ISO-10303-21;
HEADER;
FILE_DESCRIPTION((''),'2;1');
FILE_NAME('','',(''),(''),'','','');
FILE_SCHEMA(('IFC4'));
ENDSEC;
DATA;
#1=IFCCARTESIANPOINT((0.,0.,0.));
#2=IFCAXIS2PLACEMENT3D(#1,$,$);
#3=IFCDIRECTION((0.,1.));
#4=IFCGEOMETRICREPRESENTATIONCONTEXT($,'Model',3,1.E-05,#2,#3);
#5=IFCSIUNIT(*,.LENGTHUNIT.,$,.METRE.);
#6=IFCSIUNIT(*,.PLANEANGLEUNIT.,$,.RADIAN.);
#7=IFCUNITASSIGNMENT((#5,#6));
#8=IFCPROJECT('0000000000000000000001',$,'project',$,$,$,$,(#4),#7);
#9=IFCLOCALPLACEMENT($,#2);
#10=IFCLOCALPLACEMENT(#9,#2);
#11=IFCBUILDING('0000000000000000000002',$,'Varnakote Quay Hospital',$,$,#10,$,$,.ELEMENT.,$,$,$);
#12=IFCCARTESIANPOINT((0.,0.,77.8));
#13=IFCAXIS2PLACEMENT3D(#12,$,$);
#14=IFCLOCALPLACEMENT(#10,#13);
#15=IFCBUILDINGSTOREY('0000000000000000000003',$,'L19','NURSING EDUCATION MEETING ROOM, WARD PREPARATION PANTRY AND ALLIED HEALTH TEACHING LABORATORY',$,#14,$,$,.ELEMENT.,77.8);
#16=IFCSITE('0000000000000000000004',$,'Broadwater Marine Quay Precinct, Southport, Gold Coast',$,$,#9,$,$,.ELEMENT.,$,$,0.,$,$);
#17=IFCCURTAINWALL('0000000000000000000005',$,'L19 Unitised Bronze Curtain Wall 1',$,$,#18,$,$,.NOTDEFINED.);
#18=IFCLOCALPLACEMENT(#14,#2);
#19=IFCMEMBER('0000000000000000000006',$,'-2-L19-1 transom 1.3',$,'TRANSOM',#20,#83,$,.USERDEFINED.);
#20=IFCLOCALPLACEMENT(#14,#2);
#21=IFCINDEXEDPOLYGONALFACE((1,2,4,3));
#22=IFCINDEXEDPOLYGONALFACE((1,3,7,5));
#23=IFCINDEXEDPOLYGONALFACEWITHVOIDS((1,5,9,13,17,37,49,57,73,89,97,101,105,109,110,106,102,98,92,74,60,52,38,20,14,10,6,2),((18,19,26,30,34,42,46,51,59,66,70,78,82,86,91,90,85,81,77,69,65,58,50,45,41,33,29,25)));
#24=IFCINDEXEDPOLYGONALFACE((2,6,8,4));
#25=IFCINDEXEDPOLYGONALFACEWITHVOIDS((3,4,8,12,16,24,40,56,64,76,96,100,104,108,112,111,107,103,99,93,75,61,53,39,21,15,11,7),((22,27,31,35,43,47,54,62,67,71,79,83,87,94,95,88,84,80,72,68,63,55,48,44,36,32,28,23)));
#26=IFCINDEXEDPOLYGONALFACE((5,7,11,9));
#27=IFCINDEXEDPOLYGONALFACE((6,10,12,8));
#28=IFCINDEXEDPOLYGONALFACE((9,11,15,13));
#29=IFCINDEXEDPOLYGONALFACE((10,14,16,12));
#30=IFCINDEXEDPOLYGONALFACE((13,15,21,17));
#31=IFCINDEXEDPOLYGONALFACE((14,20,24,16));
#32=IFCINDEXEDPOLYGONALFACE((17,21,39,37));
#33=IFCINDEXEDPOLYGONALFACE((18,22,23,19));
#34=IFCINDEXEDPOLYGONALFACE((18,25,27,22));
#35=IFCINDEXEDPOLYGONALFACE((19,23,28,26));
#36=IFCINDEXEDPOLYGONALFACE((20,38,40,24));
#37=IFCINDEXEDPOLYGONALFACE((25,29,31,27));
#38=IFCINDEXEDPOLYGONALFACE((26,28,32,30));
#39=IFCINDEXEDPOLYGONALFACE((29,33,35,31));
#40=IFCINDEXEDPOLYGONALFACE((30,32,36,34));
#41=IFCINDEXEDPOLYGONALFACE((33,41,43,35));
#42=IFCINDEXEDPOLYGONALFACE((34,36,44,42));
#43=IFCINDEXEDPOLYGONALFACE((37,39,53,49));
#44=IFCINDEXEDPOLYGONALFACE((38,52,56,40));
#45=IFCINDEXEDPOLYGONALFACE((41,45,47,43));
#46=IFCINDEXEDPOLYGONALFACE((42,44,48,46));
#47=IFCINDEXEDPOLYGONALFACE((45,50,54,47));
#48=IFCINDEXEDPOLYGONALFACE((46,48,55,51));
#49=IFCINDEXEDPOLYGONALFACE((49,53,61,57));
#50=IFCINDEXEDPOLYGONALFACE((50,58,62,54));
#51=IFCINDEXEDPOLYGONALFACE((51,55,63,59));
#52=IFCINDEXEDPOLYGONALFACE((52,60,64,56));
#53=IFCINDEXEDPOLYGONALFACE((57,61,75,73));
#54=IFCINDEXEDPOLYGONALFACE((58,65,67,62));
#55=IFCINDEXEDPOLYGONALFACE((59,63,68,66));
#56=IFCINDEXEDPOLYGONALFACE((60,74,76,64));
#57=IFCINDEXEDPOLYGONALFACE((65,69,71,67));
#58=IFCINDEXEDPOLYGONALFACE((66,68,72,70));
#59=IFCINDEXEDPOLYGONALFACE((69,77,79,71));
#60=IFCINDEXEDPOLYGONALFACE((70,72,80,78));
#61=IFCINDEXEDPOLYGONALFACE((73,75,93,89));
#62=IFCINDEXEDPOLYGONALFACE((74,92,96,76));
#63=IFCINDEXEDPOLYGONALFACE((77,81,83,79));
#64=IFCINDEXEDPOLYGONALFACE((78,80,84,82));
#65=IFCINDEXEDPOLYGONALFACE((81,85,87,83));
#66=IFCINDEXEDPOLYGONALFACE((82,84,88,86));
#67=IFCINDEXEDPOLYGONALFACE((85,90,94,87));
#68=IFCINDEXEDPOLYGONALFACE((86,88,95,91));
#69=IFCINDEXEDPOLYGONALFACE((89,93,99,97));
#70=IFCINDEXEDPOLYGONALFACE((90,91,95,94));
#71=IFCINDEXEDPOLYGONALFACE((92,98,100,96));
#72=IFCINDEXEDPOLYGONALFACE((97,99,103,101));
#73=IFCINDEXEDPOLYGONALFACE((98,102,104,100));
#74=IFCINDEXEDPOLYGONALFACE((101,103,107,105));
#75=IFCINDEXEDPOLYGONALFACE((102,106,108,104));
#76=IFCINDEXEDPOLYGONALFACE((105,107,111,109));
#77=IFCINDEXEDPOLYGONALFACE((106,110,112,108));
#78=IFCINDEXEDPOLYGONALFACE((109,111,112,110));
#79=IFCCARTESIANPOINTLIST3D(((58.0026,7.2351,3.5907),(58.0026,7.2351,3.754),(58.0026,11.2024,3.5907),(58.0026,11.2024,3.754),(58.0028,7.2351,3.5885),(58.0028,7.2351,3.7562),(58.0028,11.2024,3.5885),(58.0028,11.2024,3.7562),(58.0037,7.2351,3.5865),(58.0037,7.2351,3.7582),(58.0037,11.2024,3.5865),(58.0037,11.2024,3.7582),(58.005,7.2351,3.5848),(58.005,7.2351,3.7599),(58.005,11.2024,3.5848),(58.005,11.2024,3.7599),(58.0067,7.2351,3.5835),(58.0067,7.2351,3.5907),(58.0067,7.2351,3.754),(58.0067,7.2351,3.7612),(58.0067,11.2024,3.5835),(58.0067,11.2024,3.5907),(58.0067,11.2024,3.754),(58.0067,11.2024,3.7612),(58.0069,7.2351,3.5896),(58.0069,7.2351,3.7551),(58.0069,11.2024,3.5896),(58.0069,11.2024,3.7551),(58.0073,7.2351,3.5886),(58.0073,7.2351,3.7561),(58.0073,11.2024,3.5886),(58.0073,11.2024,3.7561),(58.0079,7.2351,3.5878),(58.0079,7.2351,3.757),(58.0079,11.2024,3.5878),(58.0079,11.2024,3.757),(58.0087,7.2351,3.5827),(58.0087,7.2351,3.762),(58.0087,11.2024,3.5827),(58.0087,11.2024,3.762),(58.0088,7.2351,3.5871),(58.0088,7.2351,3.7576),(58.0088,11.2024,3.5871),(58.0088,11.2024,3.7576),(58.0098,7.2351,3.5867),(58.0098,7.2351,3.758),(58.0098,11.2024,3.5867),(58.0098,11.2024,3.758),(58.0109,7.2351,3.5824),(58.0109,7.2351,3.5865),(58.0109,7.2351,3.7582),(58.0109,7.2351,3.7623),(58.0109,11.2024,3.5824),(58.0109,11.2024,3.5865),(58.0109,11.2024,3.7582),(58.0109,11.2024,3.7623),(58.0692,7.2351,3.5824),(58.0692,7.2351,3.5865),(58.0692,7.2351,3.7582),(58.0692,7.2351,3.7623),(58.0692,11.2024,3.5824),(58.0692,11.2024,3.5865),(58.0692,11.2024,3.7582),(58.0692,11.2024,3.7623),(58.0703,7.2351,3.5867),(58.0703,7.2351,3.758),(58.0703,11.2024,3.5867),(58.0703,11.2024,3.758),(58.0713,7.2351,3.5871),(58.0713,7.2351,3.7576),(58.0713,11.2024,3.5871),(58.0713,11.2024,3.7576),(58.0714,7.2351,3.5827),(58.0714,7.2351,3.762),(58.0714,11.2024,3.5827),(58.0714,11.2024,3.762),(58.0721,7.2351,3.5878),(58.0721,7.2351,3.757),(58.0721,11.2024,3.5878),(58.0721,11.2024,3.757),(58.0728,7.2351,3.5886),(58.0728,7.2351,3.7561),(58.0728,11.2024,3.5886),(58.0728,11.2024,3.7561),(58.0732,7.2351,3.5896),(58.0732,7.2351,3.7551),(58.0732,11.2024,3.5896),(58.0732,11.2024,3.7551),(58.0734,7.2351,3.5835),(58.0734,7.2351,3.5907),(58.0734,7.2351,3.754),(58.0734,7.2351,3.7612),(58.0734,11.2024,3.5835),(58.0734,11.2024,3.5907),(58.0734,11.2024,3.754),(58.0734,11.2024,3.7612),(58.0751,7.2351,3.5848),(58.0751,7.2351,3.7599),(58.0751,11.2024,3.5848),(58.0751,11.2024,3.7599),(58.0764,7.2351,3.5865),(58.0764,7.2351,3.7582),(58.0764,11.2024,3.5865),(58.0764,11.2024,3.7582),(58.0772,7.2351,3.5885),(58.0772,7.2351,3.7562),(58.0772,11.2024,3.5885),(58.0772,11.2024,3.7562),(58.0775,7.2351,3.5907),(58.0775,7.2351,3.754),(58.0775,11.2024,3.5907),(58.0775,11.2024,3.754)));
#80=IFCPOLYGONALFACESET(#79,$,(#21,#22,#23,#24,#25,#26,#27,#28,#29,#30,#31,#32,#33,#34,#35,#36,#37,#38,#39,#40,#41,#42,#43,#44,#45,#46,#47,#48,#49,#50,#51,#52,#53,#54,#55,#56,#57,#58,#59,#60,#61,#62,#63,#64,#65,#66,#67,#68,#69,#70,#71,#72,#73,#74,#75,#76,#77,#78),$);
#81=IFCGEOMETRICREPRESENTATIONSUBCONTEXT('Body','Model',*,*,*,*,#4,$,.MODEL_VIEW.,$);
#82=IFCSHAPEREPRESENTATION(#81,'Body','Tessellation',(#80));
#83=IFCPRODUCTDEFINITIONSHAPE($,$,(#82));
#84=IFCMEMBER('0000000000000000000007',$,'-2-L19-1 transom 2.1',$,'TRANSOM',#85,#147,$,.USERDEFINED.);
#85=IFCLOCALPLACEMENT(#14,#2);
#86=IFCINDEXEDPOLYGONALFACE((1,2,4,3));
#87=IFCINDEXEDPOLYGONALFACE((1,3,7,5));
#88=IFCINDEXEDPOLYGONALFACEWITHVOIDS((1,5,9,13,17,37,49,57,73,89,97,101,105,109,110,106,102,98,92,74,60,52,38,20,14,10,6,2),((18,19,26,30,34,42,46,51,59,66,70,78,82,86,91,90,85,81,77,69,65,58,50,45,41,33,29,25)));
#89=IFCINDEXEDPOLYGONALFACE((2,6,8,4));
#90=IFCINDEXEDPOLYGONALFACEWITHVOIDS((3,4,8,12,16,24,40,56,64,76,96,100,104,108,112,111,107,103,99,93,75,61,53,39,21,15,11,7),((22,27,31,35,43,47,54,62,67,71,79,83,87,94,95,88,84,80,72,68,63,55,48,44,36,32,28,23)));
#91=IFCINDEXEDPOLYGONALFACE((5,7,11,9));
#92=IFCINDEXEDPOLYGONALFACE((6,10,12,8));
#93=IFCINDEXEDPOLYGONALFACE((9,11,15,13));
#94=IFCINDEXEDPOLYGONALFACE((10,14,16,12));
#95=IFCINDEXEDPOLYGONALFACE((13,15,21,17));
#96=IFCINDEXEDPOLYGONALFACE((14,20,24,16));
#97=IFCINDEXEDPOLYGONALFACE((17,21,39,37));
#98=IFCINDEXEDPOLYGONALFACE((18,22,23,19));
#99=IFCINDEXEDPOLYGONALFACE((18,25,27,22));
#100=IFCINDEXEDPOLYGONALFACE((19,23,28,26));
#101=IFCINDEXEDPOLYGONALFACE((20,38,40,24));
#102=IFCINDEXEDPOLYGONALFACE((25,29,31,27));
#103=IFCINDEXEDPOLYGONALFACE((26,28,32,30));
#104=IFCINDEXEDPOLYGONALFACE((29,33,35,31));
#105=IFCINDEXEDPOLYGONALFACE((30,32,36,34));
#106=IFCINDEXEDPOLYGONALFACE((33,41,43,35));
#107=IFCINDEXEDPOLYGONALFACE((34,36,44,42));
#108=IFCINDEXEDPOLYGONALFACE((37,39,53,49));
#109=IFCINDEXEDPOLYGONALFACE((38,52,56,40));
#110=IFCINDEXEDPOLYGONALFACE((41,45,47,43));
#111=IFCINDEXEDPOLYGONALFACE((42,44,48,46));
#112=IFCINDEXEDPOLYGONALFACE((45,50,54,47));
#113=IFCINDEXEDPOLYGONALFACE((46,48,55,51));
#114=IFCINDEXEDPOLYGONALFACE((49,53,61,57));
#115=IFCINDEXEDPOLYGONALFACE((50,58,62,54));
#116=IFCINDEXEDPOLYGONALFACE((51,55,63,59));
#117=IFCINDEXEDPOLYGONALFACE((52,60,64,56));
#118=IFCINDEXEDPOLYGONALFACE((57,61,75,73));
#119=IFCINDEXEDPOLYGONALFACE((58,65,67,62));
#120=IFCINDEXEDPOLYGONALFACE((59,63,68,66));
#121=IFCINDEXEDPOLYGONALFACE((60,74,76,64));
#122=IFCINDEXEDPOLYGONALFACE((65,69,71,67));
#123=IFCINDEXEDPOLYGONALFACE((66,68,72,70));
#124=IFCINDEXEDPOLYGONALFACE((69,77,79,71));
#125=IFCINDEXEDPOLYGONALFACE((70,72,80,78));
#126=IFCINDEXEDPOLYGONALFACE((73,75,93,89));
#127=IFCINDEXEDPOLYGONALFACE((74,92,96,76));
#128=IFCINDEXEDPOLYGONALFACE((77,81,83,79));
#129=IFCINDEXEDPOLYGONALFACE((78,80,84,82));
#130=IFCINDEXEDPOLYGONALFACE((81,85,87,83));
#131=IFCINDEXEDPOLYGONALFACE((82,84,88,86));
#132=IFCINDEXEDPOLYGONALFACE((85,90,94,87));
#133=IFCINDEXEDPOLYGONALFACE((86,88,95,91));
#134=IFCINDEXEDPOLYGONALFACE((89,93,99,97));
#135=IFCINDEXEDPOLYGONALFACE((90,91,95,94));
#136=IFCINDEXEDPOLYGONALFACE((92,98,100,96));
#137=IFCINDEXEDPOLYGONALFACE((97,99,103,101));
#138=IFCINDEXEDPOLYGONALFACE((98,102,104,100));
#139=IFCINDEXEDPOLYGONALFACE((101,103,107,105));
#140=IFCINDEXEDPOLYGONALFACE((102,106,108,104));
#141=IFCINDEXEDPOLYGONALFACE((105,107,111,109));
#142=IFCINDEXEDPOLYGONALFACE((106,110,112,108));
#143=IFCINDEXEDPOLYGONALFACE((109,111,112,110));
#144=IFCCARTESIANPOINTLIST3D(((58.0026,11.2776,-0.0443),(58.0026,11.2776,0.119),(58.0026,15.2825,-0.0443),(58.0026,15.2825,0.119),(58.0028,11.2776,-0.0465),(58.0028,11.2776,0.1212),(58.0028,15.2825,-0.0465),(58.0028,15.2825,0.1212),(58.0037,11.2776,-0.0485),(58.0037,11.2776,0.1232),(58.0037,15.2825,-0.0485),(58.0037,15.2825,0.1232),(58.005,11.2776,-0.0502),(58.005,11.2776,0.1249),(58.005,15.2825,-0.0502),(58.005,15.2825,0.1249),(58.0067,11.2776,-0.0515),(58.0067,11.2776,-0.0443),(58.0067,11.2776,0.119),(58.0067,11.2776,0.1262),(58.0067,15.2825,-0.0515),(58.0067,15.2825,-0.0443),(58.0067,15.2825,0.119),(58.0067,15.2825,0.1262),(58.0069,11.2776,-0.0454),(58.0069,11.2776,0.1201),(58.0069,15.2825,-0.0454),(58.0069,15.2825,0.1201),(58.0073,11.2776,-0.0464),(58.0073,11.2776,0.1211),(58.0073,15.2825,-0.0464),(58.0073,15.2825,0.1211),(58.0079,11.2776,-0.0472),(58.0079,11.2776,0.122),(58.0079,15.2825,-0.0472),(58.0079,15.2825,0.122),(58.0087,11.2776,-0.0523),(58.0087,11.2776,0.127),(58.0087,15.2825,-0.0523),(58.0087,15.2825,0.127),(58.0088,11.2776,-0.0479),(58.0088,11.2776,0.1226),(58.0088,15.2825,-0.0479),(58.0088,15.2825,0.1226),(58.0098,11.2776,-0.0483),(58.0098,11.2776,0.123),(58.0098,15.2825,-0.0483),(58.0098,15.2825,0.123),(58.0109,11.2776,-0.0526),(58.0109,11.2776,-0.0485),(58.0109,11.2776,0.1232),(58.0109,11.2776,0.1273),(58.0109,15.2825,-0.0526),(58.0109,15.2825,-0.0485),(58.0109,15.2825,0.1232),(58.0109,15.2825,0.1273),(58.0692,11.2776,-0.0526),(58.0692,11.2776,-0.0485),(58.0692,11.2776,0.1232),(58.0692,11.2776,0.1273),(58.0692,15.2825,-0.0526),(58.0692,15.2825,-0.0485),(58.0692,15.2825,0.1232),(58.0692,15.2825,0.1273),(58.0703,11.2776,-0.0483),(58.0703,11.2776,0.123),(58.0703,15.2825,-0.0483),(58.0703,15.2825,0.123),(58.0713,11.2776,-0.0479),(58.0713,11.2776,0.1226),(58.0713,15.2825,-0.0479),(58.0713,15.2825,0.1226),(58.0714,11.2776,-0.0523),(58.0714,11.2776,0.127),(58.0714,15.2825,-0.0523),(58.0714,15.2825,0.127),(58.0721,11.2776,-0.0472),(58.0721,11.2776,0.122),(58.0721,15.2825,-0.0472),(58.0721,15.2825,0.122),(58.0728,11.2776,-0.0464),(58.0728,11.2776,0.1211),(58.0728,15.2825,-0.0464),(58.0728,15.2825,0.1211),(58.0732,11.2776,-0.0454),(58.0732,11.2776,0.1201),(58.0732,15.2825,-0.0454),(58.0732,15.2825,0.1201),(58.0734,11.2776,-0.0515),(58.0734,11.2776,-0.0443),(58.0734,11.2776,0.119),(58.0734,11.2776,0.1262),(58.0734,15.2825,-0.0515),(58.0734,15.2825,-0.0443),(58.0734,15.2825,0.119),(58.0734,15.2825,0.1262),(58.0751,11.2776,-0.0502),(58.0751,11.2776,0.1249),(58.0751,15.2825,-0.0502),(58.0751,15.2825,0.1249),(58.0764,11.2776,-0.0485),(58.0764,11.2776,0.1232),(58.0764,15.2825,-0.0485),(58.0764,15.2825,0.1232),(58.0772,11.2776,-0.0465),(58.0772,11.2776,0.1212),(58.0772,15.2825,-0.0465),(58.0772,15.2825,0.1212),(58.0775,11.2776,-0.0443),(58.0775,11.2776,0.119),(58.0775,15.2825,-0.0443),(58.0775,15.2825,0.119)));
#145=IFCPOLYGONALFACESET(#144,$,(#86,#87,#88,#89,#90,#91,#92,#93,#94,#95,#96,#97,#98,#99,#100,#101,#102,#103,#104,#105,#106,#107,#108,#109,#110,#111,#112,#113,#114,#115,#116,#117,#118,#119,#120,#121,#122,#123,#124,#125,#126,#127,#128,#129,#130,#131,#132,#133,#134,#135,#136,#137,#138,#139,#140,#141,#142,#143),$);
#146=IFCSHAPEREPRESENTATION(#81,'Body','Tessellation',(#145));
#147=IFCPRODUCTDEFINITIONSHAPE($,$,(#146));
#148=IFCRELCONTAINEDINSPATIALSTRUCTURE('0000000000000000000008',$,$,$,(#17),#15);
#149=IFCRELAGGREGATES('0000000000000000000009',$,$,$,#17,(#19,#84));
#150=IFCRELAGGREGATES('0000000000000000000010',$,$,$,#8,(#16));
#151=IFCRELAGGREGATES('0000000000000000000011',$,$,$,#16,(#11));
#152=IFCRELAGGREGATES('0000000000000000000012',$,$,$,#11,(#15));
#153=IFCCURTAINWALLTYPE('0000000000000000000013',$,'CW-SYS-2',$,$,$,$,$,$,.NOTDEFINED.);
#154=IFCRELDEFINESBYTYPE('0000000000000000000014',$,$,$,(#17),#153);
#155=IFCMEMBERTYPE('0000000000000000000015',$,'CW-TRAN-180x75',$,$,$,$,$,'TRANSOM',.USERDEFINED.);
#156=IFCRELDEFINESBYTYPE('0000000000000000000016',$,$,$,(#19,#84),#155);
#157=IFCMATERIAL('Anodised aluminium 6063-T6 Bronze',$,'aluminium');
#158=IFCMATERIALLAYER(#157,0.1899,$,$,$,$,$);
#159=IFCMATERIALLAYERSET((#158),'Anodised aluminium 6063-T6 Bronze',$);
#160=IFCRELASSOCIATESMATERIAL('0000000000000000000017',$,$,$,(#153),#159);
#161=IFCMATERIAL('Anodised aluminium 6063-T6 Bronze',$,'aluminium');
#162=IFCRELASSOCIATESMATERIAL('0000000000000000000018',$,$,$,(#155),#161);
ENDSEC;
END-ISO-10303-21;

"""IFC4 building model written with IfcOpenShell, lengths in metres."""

from ifc_helpers import new_model, si_unit, direction, frame, origin, origin_2d, place, context, subcontext, project, spatial, hollow_rectangle, extrude, material, layer, layer_set, material_profile, profile_set, type_object, element, aggregate, save


model = new_model("IFC4")

# Units and contexts
model_context = context("Model", 3, precision=1e-05, world=origin(), true_north=direction((0.0, 1.0)))
body_context = subcontext(model_context, "Body", "Model", "MODEL_VIEW")
ifc_project = project(units=[si_unit("LENGTHUNIT", "METRE"), si_unit("PLANEANGLEUNIT", "RADIAN")], contexts=[model_context])

# Site, building, storey
site_placement = place(None, origin())
site = spatial("IfcSite", under=ifc_project, at=site_placement, Name="Broadwater Marine Quay Precinct, Southport, Gold Coast", CompositionType="ELEMENT", RefElevation=0.0)
building_placement = place(site_placement, origin())
building = spatial("IfcBuilding", under=site, at=building_placement, Name="Varnakote Quay Hospital", CompositionType="ELEMENT")
storey_placement = place(building_placement, frame((0.0, 0.0, 77.8)))
storey = spatial("IfcBuildingStorey", under=building, at=storey_placement, Name="L19", Description="NURSING EDUCATION MEETING ROOM, WARD PREPARATION PANTRY AND ALLIED HEALTH TEACHING LABORATORY", CompositionType="ELEMENT", Elevation=77.8)

# Curtain wall, members
ifc_material_1 = material(Name="Anodised aluminium 6063-T6 Bronze", Category="aluminium")
ifc_layer_1 = layer(ifc_material_1, 0.1899)
ifc_layer_set_1 = layer_set([ifc_layer_1], Name="Anodised aluminium 6063-T6 Bronze")
curtain_wall_type = type_object("IfcCurtainWallType", Name="CW-SYS-2", PredefinedType="NOTDEFINED", material=ifc_layer_set_1)
curtain_wall_placement = place(storey_placement, origin())
curtain_wall = element("IfcCurtainWall", 1, at=curtain_wall_placement, inside=storey, type_object=curtain_wall_type, Name="L19 Unitised Bronze Curtain Wall 1", PredefinedType="NOTDEFINED")
ifc_material_2 = material(Name="Anodised aluminium 6063-T6 Bronze", Category="aluminium")
ifc_material_profile_1 = material_profile(ifc_material_2, hollow_rectangle(XDim=0.075, YDim=0.1799, WallThickness=0.0042, InnerFilletRadius=0.0042, OuterFilletRadius=0.0083, at=origin_2d()), Name="CW-TRAN-180x75")
ifc_profile_set_1 = profile_set([ifc_material_profile_1], Name="Anodised aluminium 6063-T6 Bronze")
member_type_1 = type_object("IfcMemberType", Name="CW-TRAN-180x75", ElementType="TRANSOM", PredefinedType="USERDEFINED", material=ifc_profile_set_1)
member_1_placement = place(storey_placement, frame((58.04, 7.2351, 3.6724), z_axis=(0.0, 1.0, 0.0), x_axis=(-1.0, 0.0, 0.0)))
member_1 = element("IfcMember", 2, at=member_1_placement, type_object=member_type_1, Name="-2-L19-1 transom 1.3", ObjectType="TRANSOM", PredefinedType="USERDEFINED", context=body_context, shape_type="SweptSolid", body=[
    extrude(hollow_rectangle(XDim=0.075, YDim=0.1799, WallThickness=0.0042, InnerFilletRadius=0.0042, OuterFilletRadius=0.0083, at=origin_2d()), origin(), (0.0, 0.0, 1.0), 3.9673),
])
member_2_placement = place(storey_placement, frame((58.04, 11.2776, 0.0374), z_axis=(0.0, 1.0, 0.0), x_axis=(-1.0, 0.0, 0.0)))
member_2 = element("IfcMember", 3, at=member_2_placement, type_object=member_type_1, Name="-2-L19-1 transom 2.1", ObjectType="TRANSOM", PredefinedType="USERDEFINED", context=body_context, shape_type="SweptSolid", body=[
    extrude(hollow_rectangle(XDim=0.075, YDim=0.1799, WallThickness=0.0042, InnerFilletRadius=0.0042, OuterFilletRadius=0.0083, at=origin_2d()), origin(), (0.0, 0.0, 1.0), 4.0049),
])
aggregate(curtain_wall, [member_1, member_2])

save(model, "model.ifc")
